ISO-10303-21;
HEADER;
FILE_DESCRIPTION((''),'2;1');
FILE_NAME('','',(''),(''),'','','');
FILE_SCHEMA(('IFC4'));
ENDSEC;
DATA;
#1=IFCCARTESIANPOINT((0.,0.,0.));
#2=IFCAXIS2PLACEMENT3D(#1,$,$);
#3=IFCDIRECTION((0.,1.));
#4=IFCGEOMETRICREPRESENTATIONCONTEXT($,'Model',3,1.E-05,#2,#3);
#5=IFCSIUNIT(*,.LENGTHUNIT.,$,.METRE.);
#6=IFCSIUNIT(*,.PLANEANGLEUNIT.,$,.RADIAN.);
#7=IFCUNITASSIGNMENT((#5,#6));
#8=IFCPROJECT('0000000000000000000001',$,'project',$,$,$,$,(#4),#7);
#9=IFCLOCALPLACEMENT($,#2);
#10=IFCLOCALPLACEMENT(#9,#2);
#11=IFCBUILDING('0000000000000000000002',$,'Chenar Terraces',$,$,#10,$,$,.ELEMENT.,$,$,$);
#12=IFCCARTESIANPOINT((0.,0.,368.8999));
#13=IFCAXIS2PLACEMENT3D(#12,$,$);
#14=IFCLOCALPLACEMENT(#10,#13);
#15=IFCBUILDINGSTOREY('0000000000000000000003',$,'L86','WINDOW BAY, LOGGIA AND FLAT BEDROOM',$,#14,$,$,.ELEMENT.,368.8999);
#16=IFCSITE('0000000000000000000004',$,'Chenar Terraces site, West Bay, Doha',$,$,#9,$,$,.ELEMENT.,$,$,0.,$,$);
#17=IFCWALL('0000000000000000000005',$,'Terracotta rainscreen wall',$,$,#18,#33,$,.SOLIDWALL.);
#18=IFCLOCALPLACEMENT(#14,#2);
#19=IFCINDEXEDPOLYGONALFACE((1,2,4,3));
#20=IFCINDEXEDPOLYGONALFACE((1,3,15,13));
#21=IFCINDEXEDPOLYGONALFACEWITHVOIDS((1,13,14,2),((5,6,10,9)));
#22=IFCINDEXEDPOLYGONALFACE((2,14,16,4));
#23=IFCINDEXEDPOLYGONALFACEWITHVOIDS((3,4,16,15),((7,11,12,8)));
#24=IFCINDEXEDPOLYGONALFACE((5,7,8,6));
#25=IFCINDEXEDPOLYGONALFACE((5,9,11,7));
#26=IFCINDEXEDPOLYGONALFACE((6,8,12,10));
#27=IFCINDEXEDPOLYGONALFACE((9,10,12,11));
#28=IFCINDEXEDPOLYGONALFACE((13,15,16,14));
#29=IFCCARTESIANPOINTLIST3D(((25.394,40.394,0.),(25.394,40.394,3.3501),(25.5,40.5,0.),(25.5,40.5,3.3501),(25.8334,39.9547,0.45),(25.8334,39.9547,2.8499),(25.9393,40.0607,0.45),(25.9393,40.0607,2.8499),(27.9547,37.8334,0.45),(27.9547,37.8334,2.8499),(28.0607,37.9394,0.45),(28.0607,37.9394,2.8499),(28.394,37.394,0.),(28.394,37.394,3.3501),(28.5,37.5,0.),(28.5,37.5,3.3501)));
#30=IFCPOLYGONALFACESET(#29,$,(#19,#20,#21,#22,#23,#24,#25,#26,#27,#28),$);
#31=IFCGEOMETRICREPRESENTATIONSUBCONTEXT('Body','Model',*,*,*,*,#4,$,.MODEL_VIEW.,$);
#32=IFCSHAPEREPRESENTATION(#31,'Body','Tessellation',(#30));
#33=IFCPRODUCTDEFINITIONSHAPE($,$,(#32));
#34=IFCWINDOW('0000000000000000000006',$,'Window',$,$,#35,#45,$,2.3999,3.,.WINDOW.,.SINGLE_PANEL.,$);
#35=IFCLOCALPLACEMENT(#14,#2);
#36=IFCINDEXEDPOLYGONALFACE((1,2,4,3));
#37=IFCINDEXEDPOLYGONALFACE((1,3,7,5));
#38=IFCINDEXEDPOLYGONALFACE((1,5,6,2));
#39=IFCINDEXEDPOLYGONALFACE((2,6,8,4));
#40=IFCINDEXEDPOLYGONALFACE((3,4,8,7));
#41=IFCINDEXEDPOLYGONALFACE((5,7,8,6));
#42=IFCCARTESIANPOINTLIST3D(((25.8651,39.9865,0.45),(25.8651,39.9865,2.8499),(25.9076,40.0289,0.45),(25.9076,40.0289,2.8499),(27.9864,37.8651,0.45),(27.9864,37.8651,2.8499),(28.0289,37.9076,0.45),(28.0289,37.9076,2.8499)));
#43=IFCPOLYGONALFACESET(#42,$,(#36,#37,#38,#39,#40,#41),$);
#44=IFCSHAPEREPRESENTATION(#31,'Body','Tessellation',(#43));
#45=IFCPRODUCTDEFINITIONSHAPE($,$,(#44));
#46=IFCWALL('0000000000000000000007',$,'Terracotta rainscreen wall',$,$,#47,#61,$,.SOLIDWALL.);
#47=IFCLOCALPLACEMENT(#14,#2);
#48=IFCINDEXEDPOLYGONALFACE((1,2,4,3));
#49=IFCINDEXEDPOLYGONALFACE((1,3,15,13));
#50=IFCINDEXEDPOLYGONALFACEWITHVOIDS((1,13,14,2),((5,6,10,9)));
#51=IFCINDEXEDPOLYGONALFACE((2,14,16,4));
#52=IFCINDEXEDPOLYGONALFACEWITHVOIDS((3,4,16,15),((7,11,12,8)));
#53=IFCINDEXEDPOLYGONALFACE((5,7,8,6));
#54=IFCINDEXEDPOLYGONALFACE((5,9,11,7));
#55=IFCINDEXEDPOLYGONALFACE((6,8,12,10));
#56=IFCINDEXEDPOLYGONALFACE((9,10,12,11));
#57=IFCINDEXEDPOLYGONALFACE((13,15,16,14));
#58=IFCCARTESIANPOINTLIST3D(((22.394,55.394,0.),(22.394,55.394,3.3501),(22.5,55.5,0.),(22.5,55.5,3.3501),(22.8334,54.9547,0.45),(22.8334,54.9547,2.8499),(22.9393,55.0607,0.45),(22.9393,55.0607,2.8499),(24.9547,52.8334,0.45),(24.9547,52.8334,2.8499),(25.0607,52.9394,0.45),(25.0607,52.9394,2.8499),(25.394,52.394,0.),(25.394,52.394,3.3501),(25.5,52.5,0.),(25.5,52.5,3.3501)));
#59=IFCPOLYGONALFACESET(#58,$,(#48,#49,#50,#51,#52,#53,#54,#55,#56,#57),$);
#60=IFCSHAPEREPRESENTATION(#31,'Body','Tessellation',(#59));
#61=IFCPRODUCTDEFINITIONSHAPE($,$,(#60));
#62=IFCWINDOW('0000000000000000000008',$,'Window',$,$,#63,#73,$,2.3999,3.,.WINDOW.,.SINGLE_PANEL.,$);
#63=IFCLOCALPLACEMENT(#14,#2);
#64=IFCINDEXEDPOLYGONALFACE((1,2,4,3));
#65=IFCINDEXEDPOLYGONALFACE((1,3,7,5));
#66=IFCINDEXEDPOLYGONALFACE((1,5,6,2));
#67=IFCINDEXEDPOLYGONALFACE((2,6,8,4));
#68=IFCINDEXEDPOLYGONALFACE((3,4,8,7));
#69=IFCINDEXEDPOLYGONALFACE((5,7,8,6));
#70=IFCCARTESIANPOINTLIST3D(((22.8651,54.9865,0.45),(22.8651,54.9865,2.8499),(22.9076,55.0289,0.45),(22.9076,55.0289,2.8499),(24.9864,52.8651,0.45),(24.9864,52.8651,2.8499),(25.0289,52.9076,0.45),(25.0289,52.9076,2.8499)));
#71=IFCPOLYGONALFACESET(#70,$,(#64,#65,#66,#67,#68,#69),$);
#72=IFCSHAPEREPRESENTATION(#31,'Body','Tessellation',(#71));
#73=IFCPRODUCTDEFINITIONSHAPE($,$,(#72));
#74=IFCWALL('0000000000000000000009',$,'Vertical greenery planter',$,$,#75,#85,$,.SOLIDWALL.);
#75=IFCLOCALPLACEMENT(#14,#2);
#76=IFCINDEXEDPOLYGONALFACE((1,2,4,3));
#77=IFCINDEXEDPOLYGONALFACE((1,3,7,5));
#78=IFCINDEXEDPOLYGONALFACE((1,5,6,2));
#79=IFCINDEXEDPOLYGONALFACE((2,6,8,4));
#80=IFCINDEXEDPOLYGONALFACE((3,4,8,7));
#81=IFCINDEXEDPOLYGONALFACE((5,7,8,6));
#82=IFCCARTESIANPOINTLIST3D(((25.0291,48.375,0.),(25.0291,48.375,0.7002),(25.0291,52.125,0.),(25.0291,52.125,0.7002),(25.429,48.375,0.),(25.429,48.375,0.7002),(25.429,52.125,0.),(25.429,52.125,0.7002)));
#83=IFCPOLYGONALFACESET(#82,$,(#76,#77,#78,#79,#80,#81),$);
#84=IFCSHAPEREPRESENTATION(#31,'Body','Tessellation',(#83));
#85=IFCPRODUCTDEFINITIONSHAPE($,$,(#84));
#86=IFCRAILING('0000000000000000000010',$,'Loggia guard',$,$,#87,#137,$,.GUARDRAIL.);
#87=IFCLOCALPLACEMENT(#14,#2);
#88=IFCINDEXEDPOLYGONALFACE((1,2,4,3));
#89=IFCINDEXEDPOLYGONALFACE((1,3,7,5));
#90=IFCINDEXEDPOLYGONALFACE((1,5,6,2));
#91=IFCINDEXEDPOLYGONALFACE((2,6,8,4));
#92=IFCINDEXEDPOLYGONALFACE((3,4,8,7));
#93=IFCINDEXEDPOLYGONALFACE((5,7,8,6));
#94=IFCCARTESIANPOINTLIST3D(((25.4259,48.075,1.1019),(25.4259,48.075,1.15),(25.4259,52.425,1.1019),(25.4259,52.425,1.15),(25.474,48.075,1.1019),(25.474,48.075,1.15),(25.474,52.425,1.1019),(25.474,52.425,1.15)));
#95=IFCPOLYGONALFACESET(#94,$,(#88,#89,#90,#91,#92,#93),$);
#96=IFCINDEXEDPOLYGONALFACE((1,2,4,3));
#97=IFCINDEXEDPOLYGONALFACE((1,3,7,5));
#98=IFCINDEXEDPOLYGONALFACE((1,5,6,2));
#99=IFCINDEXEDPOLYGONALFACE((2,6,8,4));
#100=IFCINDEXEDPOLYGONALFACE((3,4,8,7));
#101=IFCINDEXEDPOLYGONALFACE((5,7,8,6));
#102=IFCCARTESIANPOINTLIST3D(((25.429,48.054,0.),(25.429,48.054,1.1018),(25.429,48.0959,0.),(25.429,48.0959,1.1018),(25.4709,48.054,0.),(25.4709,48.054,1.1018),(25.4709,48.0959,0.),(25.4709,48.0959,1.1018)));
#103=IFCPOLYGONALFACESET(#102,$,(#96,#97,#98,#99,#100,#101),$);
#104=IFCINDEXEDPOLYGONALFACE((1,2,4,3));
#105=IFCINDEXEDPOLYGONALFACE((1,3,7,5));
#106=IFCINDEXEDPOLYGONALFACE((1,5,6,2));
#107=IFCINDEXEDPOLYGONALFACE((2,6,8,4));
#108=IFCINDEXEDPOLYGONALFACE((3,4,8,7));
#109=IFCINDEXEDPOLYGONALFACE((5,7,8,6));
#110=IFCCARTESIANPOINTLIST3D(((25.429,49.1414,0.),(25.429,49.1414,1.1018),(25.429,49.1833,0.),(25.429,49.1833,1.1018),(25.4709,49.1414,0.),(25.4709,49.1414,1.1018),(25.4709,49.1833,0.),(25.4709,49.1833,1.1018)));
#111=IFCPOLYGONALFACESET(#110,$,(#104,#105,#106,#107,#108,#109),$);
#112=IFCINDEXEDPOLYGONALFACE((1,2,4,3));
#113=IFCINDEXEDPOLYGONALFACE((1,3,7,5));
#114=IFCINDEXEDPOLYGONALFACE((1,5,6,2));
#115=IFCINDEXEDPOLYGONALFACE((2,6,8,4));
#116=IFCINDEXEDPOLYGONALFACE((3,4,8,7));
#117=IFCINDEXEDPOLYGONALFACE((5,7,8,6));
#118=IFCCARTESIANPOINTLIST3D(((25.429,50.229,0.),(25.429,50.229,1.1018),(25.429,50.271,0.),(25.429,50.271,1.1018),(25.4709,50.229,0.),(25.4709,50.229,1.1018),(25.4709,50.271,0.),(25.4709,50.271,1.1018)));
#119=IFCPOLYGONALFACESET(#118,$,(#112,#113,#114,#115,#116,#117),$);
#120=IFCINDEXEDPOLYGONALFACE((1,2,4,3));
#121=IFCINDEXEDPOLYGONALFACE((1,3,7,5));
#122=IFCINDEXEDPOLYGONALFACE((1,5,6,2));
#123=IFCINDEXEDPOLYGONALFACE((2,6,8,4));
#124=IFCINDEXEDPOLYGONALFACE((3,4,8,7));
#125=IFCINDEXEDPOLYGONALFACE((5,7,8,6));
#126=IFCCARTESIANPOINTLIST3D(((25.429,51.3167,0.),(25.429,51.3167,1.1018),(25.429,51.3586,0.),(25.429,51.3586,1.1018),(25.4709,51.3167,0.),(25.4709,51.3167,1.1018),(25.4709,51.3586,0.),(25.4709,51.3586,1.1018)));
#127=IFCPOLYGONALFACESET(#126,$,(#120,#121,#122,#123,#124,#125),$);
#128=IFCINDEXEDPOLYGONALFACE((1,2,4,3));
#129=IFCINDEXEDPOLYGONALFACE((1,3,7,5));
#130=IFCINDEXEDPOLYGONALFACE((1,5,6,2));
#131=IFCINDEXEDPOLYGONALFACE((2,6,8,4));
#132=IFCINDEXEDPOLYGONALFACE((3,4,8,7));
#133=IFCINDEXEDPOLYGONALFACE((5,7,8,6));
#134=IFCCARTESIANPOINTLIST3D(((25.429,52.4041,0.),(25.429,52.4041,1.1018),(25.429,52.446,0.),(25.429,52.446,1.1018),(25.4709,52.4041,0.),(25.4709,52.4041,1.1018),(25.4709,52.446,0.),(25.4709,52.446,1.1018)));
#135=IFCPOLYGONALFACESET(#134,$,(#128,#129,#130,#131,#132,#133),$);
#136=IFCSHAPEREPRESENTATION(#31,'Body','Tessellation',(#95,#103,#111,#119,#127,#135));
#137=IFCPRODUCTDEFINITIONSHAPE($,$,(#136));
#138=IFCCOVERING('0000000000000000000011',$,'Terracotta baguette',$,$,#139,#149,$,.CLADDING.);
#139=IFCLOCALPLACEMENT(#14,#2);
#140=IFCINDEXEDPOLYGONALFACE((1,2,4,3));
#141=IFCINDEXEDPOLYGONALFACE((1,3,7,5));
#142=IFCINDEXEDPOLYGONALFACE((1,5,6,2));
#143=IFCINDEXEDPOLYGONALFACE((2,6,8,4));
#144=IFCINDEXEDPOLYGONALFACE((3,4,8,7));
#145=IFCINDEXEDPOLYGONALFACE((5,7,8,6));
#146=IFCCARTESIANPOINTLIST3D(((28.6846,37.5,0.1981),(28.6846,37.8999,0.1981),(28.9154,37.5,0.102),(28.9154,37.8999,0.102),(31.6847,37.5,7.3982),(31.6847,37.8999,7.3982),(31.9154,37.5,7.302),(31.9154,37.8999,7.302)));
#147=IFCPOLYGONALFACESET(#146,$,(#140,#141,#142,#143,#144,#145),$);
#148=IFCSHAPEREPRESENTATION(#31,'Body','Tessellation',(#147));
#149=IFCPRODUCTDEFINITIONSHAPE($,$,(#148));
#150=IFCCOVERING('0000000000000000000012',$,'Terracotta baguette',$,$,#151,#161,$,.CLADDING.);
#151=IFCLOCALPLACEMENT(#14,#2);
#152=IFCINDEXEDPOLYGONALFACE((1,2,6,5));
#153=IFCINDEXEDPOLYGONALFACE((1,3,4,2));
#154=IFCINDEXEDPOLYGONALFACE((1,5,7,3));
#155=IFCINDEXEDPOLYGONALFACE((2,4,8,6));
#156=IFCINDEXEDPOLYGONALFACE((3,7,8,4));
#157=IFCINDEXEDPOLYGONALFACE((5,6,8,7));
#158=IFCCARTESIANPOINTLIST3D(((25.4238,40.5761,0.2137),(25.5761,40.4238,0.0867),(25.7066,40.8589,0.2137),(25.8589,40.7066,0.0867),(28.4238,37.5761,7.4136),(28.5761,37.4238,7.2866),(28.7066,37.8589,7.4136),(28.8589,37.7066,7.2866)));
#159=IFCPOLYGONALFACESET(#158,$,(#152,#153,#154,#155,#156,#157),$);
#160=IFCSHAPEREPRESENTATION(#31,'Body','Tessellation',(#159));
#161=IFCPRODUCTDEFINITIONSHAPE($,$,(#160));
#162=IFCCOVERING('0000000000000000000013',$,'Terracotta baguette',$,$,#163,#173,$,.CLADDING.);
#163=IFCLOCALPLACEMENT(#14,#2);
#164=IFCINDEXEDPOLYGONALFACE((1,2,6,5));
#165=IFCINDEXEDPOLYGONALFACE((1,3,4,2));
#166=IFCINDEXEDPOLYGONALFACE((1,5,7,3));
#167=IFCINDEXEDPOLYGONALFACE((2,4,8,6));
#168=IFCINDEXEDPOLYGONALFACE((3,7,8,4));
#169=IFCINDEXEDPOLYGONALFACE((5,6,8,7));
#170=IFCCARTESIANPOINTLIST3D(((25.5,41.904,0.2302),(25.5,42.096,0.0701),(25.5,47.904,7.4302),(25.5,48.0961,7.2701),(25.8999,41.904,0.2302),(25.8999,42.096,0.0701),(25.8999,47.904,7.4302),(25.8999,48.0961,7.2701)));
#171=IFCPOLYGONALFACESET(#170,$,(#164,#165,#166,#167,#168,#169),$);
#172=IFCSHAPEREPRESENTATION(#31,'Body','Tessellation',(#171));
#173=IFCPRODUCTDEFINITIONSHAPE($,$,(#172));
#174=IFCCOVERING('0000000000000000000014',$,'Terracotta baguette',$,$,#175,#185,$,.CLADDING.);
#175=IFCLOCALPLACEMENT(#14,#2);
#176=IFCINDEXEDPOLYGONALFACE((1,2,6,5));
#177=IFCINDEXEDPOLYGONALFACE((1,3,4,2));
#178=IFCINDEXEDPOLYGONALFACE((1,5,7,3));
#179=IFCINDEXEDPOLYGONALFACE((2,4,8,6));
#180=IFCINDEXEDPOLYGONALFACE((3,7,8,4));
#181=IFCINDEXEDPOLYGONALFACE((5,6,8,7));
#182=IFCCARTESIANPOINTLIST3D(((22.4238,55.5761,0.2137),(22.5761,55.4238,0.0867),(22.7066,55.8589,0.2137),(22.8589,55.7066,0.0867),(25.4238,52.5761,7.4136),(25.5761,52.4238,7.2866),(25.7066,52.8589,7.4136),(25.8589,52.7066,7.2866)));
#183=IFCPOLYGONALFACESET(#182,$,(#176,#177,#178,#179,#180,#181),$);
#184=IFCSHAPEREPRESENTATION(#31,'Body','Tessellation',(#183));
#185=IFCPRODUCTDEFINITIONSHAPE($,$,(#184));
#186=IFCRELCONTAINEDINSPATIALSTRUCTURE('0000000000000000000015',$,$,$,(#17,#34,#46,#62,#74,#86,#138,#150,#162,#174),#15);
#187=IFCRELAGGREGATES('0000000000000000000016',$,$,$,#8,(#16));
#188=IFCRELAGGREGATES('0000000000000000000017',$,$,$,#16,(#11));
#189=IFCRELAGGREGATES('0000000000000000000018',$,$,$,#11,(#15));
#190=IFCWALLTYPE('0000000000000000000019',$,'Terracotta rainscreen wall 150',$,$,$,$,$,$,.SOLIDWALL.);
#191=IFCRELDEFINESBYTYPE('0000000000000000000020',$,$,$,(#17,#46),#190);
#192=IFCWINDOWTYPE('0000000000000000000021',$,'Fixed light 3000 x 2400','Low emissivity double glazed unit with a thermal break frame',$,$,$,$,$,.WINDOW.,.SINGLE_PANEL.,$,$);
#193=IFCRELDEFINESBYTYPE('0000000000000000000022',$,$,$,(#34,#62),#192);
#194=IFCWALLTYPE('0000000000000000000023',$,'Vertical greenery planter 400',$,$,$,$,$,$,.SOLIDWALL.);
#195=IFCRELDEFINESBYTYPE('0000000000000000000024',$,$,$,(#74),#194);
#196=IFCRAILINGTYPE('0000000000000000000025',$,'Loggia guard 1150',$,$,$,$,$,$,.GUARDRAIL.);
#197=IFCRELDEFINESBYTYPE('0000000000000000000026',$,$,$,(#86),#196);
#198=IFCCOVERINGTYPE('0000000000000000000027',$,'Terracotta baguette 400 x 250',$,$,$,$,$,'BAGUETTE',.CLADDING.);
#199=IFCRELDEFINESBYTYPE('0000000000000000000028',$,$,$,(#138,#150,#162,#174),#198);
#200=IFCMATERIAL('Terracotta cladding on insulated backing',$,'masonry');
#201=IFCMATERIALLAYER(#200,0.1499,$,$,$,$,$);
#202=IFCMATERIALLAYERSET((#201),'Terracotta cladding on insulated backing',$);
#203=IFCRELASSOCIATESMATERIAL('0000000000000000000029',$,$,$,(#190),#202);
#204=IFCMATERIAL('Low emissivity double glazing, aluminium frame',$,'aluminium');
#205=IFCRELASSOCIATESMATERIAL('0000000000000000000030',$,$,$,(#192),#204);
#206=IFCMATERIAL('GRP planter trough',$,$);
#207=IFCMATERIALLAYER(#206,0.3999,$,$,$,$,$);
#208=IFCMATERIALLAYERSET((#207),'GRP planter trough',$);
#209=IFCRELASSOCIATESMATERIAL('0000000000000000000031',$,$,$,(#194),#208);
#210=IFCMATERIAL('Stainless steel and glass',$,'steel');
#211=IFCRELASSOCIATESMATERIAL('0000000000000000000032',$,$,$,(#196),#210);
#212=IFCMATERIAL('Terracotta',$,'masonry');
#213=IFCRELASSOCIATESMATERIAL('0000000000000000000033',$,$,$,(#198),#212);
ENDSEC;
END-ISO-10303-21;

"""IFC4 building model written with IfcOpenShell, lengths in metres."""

from ifc_helpers import new_model, si_unit, direction, frame, frame_2d, origin, origin_2d, place, context, subcontext, project, spatial, rectangle, extrude, material, layer, layer_set, material_profile, profile_set, type_object, element, fill, save


model = new_model("IFC4")

# Units and contexts
model_context = context("Model", 3, precision=1e-05, world=origin(), true_north=direction((0.0, 1.0)))
body_context = subcontext(model_context, "Body", "Model", "MODEL_VIEW")
ifc_project = project(units=[si_unit("LENGTHUNIT", "METRE"), si_unit("PLANEANGLEUNIT", "RADIAN")], contexts=[model_context])

# Site, building, storey
site_placement = place(None, origin())
site = spatial("IfcSite", under=ifc_project, at=site_placement, Name="Chenar Terraces site, West Bay, Doha", CompositionType="ELEMENT", RefElevation=0.0)
building_placement = place(site_placement, origin())
building = spatial("IfcBuilding", under=site, at=building_placement, Name="Chenar Terraces", CompositionType="ELEMENT")
storey_placement = place(building_placement, frame((0.0, 0.0, 368.8999)))
storey = spatial("IfcBuildingStorey", under=building, at=storey_placement, Name="L86", Description="WINDOW BAY, LOGGIA AND FLAT BEDROOM", CompositionType="ELEMENT", Elevation=368.8999)

# Walls, openings, windows
ifc_material_1 = material(Name="Terracotta cladding on insulated backing", Category="masonry")
ifc_layer_1 = layer(ifc_material_1, 0.1499)
ifc_layer_set_1 = layer_set([ifc_layer_1], Name="Terracotta cladding on insulated backing")
wall_type_1 = type_object("IfcWallType", Name="Terracotta rainscreen wall 150", PredefinedType="SOLIDWALL", material=ifc_layer_set_1)
wall_1_placement = place(storey_placement, frame((28.447, 37.447, 0.0), z_axis=(0.0, 0.0, 1.0), x_axis=(-0.707107, 0.707107, 0.0)))
wall_1 = element("IfcWall", 1, at=wall_1_placement, inside=storey, type_object=wall_type_1, Name="Terracotta rainscreen wall", PredefinedType="SOLIDWALL", context=body_context, shape_type="SweptSolid", body=[
    extrude(rectangle(XDim=4.2427, YDim=0.1499, at=frame_2d((2.1213, 0.0))), origin(), (0.0, 0.0, 1.0), 3.3501),
])
opening_1_placement = place(wall_1_placement, frame((0.6213, 0.0, 0.45)))
opening_1 = element("IfcOpeningElement", 2, at=opening_1_placement, cuts=wall_1, PredefinedType="OPENING", context=body_context, shape_type="SweptSolid", body=[
    extrude(rectangle(XDim=3.0, YDim=2.3999, at=frame_2d((1.5, 1.2))), frame((0.0, 0.085, 0.0), z_axis=(0.0, -1.0, 0.0), x_axis=(1.0, 0.0, 0.0)), (0.0, 0.0, 1.0), 0.1699),
])
ifc_material_2 = material(Name="Low emissivity double glazing, aluminium frame", Category="aluminium")
window_type_1 = type_object("IfcWindowType", Name="Fixed light 3000 x 2400", Description="Low emissivity double glazed unit with a thermal break frame", PartitioningType="SINGLE_PANEL", PredefinedType="WINDOW", material=ifc_material_2)
window_1_placement = place(opening_1_placement, origin())
window_1 = element("IfcWindow", 3, at=window_1_placement, inside=storey, type_object=window_type_1, Name="Window", OverallHeight=2.3999, OverallWidth=3.0, PartitioningType="SINGLE_PANEL", PredefinedType="WINDOW", context=body_context, shape_type="SweptSolid", body=[
    extrude(rectangle(XDim=3.0, YDim=2.3999, at=frame_2d((1.5, 1.2))), frame((0.0, 0.03, 0.0), z_axis=(0.0, -1.0, 0.0), x_axis=(1.0, 0.0, 0.0)), (0.0, 0.0, 1.0), 0.0601),
])
fill(opening_1, window_1)
wall_2_placement = place(storey_placement, frame((25.447, 52.447, 0.0), z_axis=(0.0, 0.0, 1.0), x_axis=(-0.707107, 0.707107, 0.0)))
wall_2 = element("IfcWall", 4, at=wall_2_placement, inside=storey, type_object=wall_type_1, Name="Terracotta rainscreen wall", PredefinedType="SOLIDWALL", context=body_context, shape_type="SweptSolid", body=[
    extrude(rectangle(XDim=4.2427, YDim=0.1499, at=frame_2d((2.1213, 0.0))), origin(), (0.0, 0.0, 1.0), 3.3501),
])
opening_2_placement = place(wall_2_placement, frame((0.6213, 0.0, 0.45)))
opening_2 = element("IfcOpeningElement", 5, at=opening_2_placement, cuts=wall_2, PredefinedType="OPENING", context=body_context, shape_type="SweptSolid", body=[
    extrude(rectangle(XDim=3.0, YDim=2.3999, at=frame_2d((1.5, 1.2))), frame((0.0, 0.085, 0.0), z_axis=(0.0, -1.0, 0.0), x_axis=(1.0, 0.0, 0.0)), (0.0, 0.0, 1.0), 0.1699),
])
window_2_placement = place(opening_2_placement, origin())
window_2 = element("IfcWindow", 6, at=window_2_placement, inside=storey, type_object=window_type_1, Name="Window", OverallHeight=2.3999, OverallWidth=3.0, PartitioningType="SINGLE_PANEL", PredefinedType="WINDOW", context=body_context, shape_type="SweptSolid", body=[
    extrude(rectangle(XDim=3.0, YDim=2.3999, at=frame_2d((1.5, 1.2))), frame((0.0, 0.03, 0.0), z_axis=(0.0, -1.0, 0.0), x_axis=(1.0, 0.0, 0.0)), (0.0, 0.0, 1.0), 0.0601),
])
fill(opening_2, window_2)

# Wall
ifc_material_3 = material(Name="GRP planter trough")
ifc_layer_2 = layer(ifc_material_3, 0.3999)
ifc_layer_set_2 = layer_set([ifc_layer_2], Name="GRP planter trough")
wall_type_2 = type_object("IfcWallType", Name="Vertical greenery planter 400", PredefinedType="SOLIDWALL", material=ifc_layer_set_2)
wall_3_placement = place(storey_placement, frame((25.229, 48.375, 0.0), z_axis=(0.0, 0.0, 1.0), x_axis=(0.0, 1.0, 0.0)))
element("IfcWall", 7, at=wall_3_placement, inside=storey, type_object=wall_type_2, Name="Vertical greenery planter", PredefinedType="SOLIDWALL", context=body_context, shape_type="SweptSolid", body=[
    extrude(rectangle(XDim=3.75, YDim=0.3999, at=frame_2d((1.875, 0.0))), origin(), (0.0, 0.0, 1.0), 0.7002),
])

# Railing
ifc_material_4 = material(Name="Stainless steel and glass", Category="steel")
railing_type = type_object("IfcRailingType", Name="Loggia guard 1150", PredefinedType="GUARDRAIL", material=ifc_material_4)
railing_placement = place(storey_placement, frame((25.45, 48.075, 0.0)))
element("IfcRailing", 8, at=railing_placement, inside=storey, type_object=railing_type, Name="Loggia guard", PredefinedType="GUARDRAIL", context=body_context, shape_type="SweptSolid", body=[
    extrude(rectangle(XDim=0.0481, YDim=0.0481, at=origin_2d()), frame((0.0, 0.0, 1.126), z_axis=(0.0, 1.0, 0.0), x_axis=(-1.0, 0.0, 0.0)), (0.0, 0.0, 1.0), 4.3501),
    extrude(rectangle(XDim=0.042, YDim=0.042, at=origin_2d()), origin(), (0.0, 0.0, 1.0), 1.1018),
    extrude(rectangle(XDim=0.042, YDim=0.042, at=origin_2d()), frame((0.0, 1.0874, 0.0)), (0.0, 0.0, 1.0), 1.1018),
    extrude(rectangle(XDim=0.042, YDim=0.042, at=origin_2d()), frame((0.0, 2.175, 0.0)), (0.0, 0.0, 1.0), 1.1018),
    extrude(rectangle(XDim=0.042, YDim=0.042, at=origin_2d()), frame((0.0, 3.2627, 0.0)), (0.0, 0.0, 1.0), 1.1018),
    extrude(rectangle(XDim=0.042, YDim=0.042, at=origin_2d()), frame((0.0, 4.3501, 0.0)), (0.0, 0.0, 1.0), 1.1018),
])

# Coverings
ifc_material_5 = material(Name="Terracotta", Category="masonry")
ifc_material_profile_1 = material_profile(ifc_material_5, rectangle(XDim=0.3999, YDim=0.25, at=origin_2d()), Name="Terracotta baguette 400 x 250")
ifc_profile_set_1 = profile_set([ifc_material_profile_1], Name="Terracotta")
covering_type = type_object("IfcCoveringType", Name="Terracotta baguette 400 x 250", ElementType="BAGUETTE", PredefinedType="CLADDING", material=ifc_profile_set_1)
covering_1_placement = place(storey_placement, frame((31.8, 37.7, 7.3501), z_axis=(-0.384618, 0.0, -0.923076), x_axis=(0.0, -1.0, 0.0)))
element("IfcCovering", 9, at=covering_1_placement, inside=storey, type_object=covering_type, Name="Terracotta baguette", PredefinedType="CLADDING", context=body_context, shape_type="SweptSolid", body=[
    extrude(rectangle(XDim=0.3999, YDim=0.25, at=origin_2d()), origin(), (0.0, 0.0, 1.0), 7.8),
])
covering_2_placement = place(storey_placement, frame((28.6414, 37.6414, 7.3501), z_axis=(-0.358981, 0.358981, -0.861548), x_axis=(-0.707107, -0.707107, 0.0)))
element("IfcCovering", 10, at=covering_2_placement, inside=storey, type_object=covering_type, Name="Terracotta baguette", PredefinedType="CLADDING", context=body_context, shape_type="SweptSolid", body=[
    extrude(rectangle(XDim=0.3999, YDim=0.25, at=origin_2d()), origin(), (0.0, 0.0, 1.0), 8.3569),
])
covering_3_placement = place(storey_placement, frame((25.7, 42.0, 0.1501), z_axis=(0.0, 0.640187, 0.768219), x_axis=(-1.0, 0.0, 0.0)))
element("IfcCovering", 11, at=covering_3_placement, inside=storey, type_object=covering_type, Name="Terracotta baguette", PredefinedType="CLADDING", context=body_context, shape_type="SweptSolid", body=[
    extrude(rectangle(XDim=0.3999, YDim=0.25, at=origin_2d()), origin(), (0.0, 0.0, 1.0), 9.3723),
])
covering_4_placement = place(storey_placement, frame((25.6414, 52.6414, 7.3501), z_axis=(-0.358981, 0.358981, -0.861548), x_axis=(-0.707107, -0.707107, 0.0)))
element("IfcCovering", 12, at=covering_4_placement, inside=storey, type_object=covering_type, Name="Terracotta baguette", PredefinedType="CLADDING", context=body_context, shape_type="SweptSolid", body=[
    extrude(rectangle(XDim=0.3999, YDim=0.25, at=origin_2d()), origin(), (0.0, 0.0, 1.0), 8.3569),
])

save(model, "model.ifc")
